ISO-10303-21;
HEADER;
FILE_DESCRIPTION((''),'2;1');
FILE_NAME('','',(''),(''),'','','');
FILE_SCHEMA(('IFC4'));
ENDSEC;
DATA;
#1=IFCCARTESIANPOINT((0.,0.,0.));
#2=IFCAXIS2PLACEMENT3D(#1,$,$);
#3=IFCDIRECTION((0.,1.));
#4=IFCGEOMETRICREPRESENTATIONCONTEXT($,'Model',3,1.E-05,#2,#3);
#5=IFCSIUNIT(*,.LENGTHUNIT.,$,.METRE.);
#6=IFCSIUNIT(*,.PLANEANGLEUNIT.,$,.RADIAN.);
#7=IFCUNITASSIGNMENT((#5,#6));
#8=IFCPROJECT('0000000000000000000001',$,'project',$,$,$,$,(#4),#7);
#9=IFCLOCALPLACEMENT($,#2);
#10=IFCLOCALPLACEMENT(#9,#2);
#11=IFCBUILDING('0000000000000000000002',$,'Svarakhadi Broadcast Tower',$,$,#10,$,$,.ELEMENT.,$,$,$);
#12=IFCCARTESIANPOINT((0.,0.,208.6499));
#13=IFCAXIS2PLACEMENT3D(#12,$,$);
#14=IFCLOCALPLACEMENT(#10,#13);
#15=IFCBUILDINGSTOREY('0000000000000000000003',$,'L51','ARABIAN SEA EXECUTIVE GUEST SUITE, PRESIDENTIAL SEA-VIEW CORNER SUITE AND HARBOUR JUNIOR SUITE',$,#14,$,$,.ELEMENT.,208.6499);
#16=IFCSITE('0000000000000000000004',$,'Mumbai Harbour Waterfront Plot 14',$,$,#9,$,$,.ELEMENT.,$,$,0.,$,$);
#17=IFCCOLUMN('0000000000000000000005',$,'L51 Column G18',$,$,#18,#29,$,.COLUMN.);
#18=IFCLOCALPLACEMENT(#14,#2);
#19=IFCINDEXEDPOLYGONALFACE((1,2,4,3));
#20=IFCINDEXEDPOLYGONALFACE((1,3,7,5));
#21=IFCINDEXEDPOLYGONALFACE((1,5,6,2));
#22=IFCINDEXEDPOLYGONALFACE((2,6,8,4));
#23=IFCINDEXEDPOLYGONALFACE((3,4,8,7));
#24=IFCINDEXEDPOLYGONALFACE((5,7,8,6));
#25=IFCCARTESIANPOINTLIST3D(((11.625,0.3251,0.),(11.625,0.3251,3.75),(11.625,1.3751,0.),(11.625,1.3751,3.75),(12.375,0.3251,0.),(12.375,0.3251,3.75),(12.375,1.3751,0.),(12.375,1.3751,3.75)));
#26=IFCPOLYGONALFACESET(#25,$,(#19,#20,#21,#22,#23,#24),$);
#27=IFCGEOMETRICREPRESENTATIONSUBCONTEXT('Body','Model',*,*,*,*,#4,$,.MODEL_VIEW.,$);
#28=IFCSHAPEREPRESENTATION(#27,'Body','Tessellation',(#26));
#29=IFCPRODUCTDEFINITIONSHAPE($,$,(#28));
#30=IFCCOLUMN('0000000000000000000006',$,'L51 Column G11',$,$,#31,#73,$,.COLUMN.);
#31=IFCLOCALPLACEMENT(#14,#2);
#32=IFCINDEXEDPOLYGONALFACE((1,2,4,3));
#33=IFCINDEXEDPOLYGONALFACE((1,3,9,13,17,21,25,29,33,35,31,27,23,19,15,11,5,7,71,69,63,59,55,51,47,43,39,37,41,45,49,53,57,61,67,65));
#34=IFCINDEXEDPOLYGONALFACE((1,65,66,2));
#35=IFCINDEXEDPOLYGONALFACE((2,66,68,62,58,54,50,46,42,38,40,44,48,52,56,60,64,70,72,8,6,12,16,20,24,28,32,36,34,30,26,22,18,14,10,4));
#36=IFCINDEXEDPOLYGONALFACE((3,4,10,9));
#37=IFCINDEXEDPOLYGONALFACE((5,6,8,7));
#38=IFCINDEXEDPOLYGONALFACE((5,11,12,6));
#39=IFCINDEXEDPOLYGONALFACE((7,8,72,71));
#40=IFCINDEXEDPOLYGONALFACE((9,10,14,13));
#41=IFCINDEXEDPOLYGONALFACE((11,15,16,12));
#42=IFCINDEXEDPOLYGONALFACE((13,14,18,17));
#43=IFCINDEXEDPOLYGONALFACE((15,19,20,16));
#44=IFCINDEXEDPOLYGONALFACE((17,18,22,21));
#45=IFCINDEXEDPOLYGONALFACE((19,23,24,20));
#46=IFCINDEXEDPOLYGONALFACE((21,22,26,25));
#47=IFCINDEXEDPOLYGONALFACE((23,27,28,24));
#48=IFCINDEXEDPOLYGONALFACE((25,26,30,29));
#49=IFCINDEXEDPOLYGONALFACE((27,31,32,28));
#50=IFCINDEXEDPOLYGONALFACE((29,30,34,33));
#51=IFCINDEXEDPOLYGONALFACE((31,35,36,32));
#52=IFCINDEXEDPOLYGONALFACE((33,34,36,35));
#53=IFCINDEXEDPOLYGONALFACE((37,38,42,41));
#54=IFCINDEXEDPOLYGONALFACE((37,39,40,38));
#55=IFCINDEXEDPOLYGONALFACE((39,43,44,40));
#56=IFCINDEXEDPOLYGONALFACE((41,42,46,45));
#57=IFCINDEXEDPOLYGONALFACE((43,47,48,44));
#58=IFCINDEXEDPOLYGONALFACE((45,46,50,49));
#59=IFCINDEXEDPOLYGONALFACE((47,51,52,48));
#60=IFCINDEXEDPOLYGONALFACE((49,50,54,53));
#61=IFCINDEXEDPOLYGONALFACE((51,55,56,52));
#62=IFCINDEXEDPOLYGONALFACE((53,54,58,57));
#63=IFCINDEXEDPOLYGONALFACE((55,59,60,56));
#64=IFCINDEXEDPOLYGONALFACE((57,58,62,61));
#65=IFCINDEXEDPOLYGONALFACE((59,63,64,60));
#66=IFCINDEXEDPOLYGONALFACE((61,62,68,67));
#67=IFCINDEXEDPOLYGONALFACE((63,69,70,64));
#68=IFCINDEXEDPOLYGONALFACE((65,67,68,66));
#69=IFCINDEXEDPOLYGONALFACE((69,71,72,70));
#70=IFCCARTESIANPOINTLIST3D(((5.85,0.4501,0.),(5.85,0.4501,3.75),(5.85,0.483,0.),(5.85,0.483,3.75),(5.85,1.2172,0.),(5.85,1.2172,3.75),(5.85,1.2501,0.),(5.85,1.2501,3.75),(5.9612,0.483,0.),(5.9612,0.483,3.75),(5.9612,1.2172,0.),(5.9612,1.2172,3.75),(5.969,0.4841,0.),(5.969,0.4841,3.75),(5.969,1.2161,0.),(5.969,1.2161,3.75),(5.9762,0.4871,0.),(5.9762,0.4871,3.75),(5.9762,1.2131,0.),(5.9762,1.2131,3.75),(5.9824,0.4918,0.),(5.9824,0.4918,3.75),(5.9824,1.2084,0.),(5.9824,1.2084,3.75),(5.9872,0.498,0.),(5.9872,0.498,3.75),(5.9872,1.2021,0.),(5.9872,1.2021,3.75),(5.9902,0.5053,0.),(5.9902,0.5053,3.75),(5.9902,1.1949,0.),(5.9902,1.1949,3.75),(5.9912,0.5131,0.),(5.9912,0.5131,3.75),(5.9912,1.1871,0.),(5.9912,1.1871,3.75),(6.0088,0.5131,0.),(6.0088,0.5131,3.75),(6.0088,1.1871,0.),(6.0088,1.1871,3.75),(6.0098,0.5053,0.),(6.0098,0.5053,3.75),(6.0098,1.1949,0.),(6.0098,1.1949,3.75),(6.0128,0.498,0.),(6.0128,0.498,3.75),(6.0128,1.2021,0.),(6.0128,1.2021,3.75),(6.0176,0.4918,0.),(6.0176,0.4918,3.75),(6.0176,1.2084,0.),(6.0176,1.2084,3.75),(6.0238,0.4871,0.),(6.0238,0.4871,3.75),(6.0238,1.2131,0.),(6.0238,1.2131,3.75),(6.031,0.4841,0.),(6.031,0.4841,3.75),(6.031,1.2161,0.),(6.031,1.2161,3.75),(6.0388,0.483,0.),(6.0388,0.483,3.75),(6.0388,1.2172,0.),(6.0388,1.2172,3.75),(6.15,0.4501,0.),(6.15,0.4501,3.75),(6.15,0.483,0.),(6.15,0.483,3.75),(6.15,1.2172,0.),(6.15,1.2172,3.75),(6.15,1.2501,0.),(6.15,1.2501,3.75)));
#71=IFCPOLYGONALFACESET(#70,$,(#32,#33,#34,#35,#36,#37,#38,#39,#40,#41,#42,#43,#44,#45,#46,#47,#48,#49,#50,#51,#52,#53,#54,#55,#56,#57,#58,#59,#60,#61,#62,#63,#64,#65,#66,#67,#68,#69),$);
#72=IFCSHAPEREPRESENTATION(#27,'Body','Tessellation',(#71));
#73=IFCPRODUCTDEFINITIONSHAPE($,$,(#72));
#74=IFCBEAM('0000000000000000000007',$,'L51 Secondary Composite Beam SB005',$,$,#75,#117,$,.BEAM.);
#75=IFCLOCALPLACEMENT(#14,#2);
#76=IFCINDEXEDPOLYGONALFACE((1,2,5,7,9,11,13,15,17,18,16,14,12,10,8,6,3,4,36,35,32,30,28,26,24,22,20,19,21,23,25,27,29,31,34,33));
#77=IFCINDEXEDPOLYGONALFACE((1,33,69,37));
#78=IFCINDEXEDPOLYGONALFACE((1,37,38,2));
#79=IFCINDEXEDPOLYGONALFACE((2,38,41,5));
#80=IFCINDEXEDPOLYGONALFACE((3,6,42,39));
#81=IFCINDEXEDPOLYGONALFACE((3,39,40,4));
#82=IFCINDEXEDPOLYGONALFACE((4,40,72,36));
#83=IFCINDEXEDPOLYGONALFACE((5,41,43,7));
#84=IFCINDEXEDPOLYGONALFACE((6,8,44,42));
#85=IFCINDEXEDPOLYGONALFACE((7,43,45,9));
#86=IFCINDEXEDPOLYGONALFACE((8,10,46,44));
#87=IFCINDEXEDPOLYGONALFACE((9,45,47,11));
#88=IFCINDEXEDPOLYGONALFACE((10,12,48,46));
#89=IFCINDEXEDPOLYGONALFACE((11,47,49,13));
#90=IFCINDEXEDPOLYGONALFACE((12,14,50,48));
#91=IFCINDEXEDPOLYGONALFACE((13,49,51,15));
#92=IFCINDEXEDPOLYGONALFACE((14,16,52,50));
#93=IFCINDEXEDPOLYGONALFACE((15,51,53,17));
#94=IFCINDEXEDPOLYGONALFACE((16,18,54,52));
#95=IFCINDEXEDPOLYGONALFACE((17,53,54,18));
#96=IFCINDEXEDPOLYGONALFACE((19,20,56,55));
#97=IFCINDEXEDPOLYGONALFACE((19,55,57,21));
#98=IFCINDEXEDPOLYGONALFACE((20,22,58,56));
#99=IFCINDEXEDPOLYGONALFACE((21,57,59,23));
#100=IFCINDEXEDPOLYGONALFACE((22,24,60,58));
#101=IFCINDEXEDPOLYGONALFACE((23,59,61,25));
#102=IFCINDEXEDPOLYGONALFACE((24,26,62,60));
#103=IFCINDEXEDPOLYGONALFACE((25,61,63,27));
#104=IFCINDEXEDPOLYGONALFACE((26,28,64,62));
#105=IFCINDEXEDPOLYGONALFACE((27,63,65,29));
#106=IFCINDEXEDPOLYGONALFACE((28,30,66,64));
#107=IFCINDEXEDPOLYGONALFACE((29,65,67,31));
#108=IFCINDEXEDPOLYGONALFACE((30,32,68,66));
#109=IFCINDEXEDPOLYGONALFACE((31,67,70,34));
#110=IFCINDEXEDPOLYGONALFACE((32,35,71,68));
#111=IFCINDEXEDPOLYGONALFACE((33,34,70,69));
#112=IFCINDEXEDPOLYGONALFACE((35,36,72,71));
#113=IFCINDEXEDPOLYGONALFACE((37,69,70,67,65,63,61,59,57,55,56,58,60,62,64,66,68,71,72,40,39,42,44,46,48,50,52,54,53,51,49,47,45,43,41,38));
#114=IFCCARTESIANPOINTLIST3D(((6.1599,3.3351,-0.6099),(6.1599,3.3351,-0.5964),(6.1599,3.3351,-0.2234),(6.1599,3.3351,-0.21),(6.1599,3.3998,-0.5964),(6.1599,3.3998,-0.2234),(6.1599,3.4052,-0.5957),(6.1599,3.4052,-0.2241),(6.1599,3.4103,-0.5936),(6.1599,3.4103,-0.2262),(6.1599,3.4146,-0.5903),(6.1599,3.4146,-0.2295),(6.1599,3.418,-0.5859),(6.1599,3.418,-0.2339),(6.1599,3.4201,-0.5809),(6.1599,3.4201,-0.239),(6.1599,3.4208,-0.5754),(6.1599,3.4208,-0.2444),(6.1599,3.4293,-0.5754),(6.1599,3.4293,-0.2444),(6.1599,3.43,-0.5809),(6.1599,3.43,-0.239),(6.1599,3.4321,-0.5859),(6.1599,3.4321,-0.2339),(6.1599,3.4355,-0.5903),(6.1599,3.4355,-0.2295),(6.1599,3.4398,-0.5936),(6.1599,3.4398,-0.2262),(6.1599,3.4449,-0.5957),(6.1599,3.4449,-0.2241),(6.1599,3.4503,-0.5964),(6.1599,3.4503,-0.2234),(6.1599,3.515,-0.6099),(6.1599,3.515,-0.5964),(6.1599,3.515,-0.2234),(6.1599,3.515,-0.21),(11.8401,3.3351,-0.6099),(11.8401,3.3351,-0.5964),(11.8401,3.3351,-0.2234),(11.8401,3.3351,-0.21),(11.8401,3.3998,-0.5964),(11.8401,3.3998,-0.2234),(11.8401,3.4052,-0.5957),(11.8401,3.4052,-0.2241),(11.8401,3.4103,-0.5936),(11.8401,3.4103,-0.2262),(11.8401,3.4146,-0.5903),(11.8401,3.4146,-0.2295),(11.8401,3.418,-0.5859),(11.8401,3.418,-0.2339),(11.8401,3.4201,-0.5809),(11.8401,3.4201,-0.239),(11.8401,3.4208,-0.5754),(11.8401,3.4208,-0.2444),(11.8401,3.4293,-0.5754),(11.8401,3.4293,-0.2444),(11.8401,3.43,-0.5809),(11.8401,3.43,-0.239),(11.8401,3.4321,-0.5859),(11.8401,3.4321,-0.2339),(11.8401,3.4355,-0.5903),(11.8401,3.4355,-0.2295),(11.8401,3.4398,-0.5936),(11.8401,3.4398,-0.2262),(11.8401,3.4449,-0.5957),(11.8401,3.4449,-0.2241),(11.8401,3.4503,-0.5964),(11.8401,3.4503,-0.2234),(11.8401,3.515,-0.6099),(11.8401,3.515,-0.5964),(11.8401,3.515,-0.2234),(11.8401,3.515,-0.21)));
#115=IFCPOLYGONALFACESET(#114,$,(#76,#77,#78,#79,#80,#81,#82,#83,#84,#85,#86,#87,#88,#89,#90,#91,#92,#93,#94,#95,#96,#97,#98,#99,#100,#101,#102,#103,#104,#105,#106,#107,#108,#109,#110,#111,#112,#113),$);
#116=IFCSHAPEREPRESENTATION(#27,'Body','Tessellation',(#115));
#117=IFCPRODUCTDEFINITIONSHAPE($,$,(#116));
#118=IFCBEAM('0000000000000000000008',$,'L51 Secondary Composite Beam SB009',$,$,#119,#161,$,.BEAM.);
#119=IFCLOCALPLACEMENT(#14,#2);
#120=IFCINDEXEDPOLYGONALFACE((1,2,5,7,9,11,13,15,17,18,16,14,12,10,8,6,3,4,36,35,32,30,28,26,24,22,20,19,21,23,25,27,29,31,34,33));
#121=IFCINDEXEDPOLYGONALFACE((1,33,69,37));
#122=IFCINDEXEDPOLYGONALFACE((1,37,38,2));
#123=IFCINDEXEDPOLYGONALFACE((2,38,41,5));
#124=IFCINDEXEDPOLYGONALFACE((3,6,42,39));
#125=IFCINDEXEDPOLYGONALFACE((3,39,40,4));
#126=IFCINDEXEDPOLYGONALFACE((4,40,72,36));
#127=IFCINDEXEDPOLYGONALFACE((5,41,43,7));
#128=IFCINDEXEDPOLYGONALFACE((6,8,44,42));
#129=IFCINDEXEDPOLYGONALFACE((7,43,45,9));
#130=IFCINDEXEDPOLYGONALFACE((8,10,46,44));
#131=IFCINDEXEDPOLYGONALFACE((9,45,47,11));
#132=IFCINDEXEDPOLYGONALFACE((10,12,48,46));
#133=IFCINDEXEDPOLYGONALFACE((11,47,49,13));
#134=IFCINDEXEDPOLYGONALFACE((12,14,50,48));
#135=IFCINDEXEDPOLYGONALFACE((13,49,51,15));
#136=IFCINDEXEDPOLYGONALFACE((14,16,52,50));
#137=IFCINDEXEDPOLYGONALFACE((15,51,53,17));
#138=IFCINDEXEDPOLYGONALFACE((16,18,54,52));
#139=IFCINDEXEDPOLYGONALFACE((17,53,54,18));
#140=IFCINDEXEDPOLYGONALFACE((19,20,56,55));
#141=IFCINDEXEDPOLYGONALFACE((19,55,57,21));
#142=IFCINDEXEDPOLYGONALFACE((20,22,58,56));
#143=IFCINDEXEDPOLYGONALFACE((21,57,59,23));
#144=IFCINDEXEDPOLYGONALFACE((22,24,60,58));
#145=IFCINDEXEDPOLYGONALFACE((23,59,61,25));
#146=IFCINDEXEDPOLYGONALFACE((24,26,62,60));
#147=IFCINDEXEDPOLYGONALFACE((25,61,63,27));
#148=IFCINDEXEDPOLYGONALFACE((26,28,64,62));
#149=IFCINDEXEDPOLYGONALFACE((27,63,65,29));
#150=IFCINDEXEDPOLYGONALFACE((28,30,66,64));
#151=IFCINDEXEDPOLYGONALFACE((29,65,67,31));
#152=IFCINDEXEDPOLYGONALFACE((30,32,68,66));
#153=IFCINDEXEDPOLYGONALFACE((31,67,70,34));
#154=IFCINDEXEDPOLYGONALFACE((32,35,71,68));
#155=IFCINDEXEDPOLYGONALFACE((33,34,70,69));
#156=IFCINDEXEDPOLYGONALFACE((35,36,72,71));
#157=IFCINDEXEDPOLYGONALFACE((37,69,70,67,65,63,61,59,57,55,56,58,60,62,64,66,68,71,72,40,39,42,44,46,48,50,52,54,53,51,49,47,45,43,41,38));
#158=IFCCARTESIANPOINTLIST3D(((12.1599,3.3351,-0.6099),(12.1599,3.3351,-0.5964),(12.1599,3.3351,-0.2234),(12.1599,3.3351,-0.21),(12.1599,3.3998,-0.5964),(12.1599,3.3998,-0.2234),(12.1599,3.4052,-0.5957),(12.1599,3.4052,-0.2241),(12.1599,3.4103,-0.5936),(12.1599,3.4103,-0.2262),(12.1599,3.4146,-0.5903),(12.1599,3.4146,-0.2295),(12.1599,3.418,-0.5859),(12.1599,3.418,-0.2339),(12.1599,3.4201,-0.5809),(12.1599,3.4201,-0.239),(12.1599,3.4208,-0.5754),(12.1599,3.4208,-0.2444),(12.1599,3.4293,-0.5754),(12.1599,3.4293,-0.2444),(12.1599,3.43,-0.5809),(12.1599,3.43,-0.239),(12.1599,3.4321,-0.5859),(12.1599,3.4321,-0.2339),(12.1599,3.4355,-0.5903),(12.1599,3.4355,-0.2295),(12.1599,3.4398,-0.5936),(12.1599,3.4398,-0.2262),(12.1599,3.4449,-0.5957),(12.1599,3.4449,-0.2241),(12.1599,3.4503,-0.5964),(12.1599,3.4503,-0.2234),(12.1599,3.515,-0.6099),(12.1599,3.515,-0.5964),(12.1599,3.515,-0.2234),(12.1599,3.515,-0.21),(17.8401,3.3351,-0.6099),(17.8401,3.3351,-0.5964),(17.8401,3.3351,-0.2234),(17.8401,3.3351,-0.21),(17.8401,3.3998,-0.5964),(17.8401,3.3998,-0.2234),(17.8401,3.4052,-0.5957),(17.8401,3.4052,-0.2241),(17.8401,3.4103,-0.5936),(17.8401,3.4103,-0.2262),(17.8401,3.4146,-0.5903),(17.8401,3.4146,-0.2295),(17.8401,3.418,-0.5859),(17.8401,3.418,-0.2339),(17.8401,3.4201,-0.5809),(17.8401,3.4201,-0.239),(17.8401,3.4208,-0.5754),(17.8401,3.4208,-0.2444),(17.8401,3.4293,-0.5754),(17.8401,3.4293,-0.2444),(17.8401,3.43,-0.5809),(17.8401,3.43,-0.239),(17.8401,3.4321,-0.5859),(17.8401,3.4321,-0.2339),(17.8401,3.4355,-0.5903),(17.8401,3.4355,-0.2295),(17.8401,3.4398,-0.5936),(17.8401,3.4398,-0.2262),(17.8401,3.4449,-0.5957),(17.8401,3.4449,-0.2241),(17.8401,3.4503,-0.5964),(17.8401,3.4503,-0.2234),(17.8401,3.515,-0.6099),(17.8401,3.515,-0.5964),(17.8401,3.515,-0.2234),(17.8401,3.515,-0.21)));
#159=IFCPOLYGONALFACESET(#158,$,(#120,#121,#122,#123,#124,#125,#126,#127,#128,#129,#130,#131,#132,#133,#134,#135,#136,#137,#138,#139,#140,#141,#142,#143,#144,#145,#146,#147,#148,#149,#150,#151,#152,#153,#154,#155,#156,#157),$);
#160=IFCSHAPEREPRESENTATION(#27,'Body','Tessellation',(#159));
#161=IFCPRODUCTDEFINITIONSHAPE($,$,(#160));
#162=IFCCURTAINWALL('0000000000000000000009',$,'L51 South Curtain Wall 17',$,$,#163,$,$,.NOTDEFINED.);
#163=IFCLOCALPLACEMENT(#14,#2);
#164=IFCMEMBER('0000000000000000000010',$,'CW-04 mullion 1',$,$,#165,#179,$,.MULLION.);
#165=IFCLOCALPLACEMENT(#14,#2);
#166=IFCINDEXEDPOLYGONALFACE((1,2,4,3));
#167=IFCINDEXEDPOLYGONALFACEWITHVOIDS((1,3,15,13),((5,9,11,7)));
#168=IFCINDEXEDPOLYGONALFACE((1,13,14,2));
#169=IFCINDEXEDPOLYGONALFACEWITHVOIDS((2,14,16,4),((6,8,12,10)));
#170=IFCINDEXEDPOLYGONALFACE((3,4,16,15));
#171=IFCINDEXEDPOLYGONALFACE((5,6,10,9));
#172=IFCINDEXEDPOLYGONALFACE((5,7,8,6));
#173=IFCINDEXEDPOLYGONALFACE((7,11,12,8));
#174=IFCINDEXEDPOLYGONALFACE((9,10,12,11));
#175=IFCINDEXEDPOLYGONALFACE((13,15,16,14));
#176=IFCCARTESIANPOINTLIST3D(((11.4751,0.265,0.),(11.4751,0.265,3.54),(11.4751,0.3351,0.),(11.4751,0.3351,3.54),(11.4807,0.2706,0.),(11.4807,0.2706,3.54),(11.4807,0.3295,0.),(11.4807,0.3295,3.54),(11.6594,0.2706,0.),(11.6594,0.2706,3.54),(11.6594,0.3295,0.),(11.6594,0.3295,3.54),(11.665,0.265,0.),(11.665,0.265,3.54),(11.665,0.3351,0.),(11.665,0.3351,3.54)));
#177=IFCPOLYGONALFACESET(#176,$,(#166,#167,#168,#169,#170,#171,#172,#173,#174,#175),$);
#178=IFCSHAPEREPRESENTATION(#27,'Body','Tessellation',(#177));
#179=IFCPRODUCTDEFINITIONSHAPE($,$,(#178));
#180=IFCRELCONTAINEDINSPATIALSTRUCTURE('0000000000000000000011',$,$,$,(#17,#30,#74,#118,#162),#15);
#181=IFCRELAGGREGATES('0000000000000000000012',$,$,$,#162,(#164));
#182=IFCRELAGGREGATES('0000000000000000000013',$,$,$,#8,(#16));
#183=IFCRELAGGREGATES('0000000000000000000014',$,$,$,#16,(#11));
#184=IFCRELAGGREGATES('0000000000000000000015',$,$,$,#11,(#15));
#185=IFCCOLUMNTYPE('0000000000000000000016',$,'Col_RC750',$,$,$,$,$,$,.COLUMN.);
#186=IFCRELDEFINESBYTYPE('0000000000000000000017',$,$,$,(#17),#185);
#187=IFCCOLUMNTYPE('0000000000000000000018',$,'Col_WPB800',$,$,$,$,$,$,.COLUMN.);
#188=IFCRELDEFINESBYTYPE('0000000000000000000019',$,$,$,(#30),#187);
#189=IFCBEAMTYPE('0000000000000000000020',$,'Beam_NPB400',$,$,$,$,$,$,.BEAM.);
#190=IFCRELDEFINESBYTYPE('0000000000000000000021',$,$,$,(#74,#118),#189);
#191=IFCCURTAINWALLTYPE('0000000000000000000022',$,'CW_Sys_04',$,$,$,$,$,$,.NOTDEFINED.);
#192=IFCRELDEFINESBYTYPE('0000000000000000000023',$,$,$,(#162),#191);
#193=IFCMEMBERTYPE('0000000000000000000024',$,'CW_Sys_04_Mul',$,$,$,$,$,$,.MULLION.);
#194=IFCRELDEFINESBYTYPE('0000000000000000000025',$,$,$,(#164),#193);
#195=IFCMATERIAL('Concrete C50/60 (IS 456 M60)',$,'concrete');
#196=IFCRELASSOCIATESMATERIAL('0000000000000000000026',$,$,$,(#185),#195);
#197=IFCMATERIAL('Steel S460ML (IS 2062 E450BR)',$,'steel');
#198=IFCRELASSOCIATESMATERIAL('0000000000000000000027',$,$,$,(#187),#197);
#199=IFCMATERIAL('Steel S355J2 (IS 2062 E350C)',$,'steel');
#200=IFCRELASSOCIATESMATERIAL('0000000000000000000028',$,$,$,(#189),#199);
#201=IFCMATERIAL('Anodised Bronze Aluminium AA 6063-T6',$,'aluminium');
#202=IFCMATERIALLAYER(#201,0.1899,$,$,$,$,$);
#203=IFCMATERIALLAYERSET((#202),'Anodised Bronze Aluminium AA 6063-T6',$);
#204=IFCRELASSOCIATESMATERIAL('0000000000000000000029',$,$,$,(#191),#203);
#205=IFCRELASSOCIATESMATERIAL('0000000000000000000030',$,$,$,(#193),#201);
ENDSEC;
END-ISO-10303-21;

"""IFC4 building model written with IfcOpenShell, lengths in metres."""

from ifc_helpers import new_model, si_unit, direction, frame, origin, origin_2d, place, context, subcontext, project, spatial, rectangle, hollow_rectangle, i_section, extrude, material, layer, layer_set, material_profile, profile_set, type_object, element, aggregate, save


model = new_model("IFC4")

# Units and contexts
model_context = context("Model", 3, precision=1e-05, world=origin(), true_north=direction((0.0, 1.0)))
body_context = subcontext(model_context, "Body", "Model", "MODEL_VIEW")
ifc_project = project(units=[si_unit("LENGTHUNIT", "METRE"), si_unit("PLANEANGLEUNIT", "RADIAN")], contexts=[model_context])

# Site, building, storey
site_placement = place(None, origin())
site = spatial("IfcSite", under=ifc_project, at=site_placement, Name="Mumbai Harbour Waterfront Plot 14", CompositionType="ELEMENT", RefElevation=0.0)
building_placement = place(site_placement, origin())
building = spatial("IfcBuilding", under=site, at=building_placement, Name="Svarakhadi Broadcast Tower", CompositionType="ELEMENT")
storey_placement = place(building_placement, frame((0.0, 0.0, 208.6499)))
storey = spatial("IfcBuildingStorey", under=building, at=storey_placement, Name="L51", Description="ARABIAN SEA EXECUTIVE GUEST SUITE, PRESIDENTIAL SEA-VIEW CORNER SUITE AND HARBOUR JUNIOR SUITE", CompositionType="ELEMENT", Elevation=208.6499)

# Columns
ifc_material_1 = material(Name="Concrete C50/60 (IS 456 M60)", Category="concrete")
ifc_material_profile_1 = material_profile(ifc_material_1, rectangle(XDim=0.75, YDim=1.05, at=origin_2d()), Name="RC 750x1050")
ifc_profile_set_1 = profile_set([ifc_material_profile_1], Name="Concrete C50/60 (IS 456 M60)")
column_type_1 = type_object("IfcColumnType", Name="Col_RC750", PredefinedType="COLUMN", material=ifc_profile_set_1)
column_1_placement = place(storey_placement, frame((12.0, 0.8501, 0.0), z_axis=(0.0, 0.0, 1.0), x_axis=(1.0, 0.0, 0.0)))
element("IfcColumn", 1, at=column_1_placement, inside=storey, type_object=column_type_1, Name="L51 Column G18", PredefinedType="COLUMN", context=body_context, shape_type="SweptSolid", body=[
    extrude(rectangle(XDim=0.75, YDim=1.05, at=origin_2d()), origin(), (0.0, 0.0, 1.0), 3.75),
])
ifc_material_2 = material(Name="Steel S460ML (IS 2062 E450BR)", Category="steel")
ifc_material_profile_2 = material_profile(ifc_material_2, i_section(OverallWidth=0.3, OverallDepth=0.8, WebThickness=0.0176, FlangeThickness=0.033, FilletRadius=0.03, at=origin_2d()), Name="WPB 800x300x262")
ifc_profile_set_2 = profile_set([ifc_material_profile_2], Name="Steel S460ML (IS 2062 E450BR)")
column_type_2 = type_object("IfcColumnType", Name="Col_WPB800", PredefinedType="COLUMN", material=ifc_profile_set_2)
column_2_placement = place(storey_placement, frame((6.0, 0.8501, 0.0), z_axis=(0.0, 0.0, 1.0), x_axis=(1.0, 0.0, 0.0)))
element("IfcColumn", 2, at=column_2_placement, inside=storey, type_object=column_type_2, Name="L51 Column G11", PredefinedType="COLUMN", context=body_context, shape_type="SweptSolid", body=[
    extrude(i_section(OverallWidth=0.3, OverallDepth=0.8, WebThickness=0.0176, FlangeThickness=0.033, FilletRadius=0.03, at=origin_2d()), origin(), (0.0, 0.0, 1.0), 3.75),
])

# Beams
ifc_material_3 = material(Name="Steel S355J2 (IS 2062 E350C)", Category="steel")
ifc_material_profile_3 = material_profile(ifc_material_3, i_section(OverallWidth=0.1799, OverallDepth=0.3999, WebThickness=0.0085, FlangeThickness=0.0134, FilletRadius=0.021, at=origin_2d()), Name="NPB 400x180x66")
ifc_profile_set_3 = profile_set([ifc_material_profile_3], Name="Steel S355J2 (IS 2062 E350C)")
beam_type_1 = type_object("IfcBeamType", Name="Beam_NPB400", PredefinedType="BEAM", material=ifc_profile_set_3)
for number, where, z_axis, x_axis, name in (
    (3, (6.1599, 3.425, -0.4099), (1.0, 0.0, 0.0), (0.0, 1.0, 0.0), "L51 Secondary Composite Beam SB005"),
    (4, (12.1599, 3.425, -0.4099), (1.0, 0.0, 0.0), (0.0, 1.0, 0.0), "L51 Secondary Composite Beam SB009"),
):
    element("IfcBeam", number, at=place(storey_placement, frame(where, z_axis=z_axis, x_axis=x_axis)), inside=storey, type_object=beam_type_1, Name=name, PredefinedType="BEAM", context=body_context, shape_type="SweptSolid", body=[
        extrude(i_section(OverallWidth=0.1799, OverallDepth=0.3999, WebThickness=0.0085, FlangeThickness=0.0134, FilletRadius=0.021, at=origin_2d()), origin(), (0.0, 0.0, 1.0), 5.6802),
    ])

# Curtain wall, member
ifc_material_4 = material(Name="Anodised Bronze Aluminium AA 6063-T6", Category="aluminium")
ifc_layer_1 = layer(ifc_material_4, 0.1899)
ifc_layer_set_1 = layer_set([ifc_layer_1], Name="Anodised Bronze Aluminium AA 6063-T6")
curtain_wall_type = type_object("IfcCurtainWallType", Name="CW_Sys_04", PredefinedType="NOTDEFINED", material=ifc_layer_set_1)
curtain_wall_placement = place(storey_placement, origin())
curtain_wall = element("IfcCurtainWall", 5, at=curtain_wall_placement, inside=storey, type_object=curtain_wall_type, Name="L51 South Curtain Wall 17", PredefinedType="NOTDEFINED")
ifc_material_profile_4 = material_profile(ifc_material_4, hollow_rectangle(XDim=0.0701, YDim=0.1899, WallThickness=0.0056, at=origin_2d()), Name="ALU MULLION 190x70x6")
ifc_profile_set_4 = profile_set([ifc_material_profile_4], Name="Anodised Bronze Aluminium AA 6063-T6")
member_type_1 = type_object("IfcMemberType", Name="CW_Sys_04_Mul", PredefinedType="MULLION", material=ifc_profile_set_4)
member_1_placement = place(storey_placement, frame((11.5701, 0.3, 0.0), z_axis=(0.0, 0.0, 1.0), x_axis=(0.0, -1.0, 0.0)))
member_1 = element("IfcMember", 6, at=member_1_placement, type_object=member_type_1, Name="CW-04 mullion 1", PredefinedType="MULLION", context=body_context, shape_type="SweptSolid", body=[
    extrude(hollow_rectangle(XDim=0.0701, YDim=0.1899, WallThickness=0.0056, at=origin_2d()), origin(), (0.0, 0.0, 1.0), 3.54),
])

aggregate(curtain_wall, [member_1])

save(model, "model.ifc")
